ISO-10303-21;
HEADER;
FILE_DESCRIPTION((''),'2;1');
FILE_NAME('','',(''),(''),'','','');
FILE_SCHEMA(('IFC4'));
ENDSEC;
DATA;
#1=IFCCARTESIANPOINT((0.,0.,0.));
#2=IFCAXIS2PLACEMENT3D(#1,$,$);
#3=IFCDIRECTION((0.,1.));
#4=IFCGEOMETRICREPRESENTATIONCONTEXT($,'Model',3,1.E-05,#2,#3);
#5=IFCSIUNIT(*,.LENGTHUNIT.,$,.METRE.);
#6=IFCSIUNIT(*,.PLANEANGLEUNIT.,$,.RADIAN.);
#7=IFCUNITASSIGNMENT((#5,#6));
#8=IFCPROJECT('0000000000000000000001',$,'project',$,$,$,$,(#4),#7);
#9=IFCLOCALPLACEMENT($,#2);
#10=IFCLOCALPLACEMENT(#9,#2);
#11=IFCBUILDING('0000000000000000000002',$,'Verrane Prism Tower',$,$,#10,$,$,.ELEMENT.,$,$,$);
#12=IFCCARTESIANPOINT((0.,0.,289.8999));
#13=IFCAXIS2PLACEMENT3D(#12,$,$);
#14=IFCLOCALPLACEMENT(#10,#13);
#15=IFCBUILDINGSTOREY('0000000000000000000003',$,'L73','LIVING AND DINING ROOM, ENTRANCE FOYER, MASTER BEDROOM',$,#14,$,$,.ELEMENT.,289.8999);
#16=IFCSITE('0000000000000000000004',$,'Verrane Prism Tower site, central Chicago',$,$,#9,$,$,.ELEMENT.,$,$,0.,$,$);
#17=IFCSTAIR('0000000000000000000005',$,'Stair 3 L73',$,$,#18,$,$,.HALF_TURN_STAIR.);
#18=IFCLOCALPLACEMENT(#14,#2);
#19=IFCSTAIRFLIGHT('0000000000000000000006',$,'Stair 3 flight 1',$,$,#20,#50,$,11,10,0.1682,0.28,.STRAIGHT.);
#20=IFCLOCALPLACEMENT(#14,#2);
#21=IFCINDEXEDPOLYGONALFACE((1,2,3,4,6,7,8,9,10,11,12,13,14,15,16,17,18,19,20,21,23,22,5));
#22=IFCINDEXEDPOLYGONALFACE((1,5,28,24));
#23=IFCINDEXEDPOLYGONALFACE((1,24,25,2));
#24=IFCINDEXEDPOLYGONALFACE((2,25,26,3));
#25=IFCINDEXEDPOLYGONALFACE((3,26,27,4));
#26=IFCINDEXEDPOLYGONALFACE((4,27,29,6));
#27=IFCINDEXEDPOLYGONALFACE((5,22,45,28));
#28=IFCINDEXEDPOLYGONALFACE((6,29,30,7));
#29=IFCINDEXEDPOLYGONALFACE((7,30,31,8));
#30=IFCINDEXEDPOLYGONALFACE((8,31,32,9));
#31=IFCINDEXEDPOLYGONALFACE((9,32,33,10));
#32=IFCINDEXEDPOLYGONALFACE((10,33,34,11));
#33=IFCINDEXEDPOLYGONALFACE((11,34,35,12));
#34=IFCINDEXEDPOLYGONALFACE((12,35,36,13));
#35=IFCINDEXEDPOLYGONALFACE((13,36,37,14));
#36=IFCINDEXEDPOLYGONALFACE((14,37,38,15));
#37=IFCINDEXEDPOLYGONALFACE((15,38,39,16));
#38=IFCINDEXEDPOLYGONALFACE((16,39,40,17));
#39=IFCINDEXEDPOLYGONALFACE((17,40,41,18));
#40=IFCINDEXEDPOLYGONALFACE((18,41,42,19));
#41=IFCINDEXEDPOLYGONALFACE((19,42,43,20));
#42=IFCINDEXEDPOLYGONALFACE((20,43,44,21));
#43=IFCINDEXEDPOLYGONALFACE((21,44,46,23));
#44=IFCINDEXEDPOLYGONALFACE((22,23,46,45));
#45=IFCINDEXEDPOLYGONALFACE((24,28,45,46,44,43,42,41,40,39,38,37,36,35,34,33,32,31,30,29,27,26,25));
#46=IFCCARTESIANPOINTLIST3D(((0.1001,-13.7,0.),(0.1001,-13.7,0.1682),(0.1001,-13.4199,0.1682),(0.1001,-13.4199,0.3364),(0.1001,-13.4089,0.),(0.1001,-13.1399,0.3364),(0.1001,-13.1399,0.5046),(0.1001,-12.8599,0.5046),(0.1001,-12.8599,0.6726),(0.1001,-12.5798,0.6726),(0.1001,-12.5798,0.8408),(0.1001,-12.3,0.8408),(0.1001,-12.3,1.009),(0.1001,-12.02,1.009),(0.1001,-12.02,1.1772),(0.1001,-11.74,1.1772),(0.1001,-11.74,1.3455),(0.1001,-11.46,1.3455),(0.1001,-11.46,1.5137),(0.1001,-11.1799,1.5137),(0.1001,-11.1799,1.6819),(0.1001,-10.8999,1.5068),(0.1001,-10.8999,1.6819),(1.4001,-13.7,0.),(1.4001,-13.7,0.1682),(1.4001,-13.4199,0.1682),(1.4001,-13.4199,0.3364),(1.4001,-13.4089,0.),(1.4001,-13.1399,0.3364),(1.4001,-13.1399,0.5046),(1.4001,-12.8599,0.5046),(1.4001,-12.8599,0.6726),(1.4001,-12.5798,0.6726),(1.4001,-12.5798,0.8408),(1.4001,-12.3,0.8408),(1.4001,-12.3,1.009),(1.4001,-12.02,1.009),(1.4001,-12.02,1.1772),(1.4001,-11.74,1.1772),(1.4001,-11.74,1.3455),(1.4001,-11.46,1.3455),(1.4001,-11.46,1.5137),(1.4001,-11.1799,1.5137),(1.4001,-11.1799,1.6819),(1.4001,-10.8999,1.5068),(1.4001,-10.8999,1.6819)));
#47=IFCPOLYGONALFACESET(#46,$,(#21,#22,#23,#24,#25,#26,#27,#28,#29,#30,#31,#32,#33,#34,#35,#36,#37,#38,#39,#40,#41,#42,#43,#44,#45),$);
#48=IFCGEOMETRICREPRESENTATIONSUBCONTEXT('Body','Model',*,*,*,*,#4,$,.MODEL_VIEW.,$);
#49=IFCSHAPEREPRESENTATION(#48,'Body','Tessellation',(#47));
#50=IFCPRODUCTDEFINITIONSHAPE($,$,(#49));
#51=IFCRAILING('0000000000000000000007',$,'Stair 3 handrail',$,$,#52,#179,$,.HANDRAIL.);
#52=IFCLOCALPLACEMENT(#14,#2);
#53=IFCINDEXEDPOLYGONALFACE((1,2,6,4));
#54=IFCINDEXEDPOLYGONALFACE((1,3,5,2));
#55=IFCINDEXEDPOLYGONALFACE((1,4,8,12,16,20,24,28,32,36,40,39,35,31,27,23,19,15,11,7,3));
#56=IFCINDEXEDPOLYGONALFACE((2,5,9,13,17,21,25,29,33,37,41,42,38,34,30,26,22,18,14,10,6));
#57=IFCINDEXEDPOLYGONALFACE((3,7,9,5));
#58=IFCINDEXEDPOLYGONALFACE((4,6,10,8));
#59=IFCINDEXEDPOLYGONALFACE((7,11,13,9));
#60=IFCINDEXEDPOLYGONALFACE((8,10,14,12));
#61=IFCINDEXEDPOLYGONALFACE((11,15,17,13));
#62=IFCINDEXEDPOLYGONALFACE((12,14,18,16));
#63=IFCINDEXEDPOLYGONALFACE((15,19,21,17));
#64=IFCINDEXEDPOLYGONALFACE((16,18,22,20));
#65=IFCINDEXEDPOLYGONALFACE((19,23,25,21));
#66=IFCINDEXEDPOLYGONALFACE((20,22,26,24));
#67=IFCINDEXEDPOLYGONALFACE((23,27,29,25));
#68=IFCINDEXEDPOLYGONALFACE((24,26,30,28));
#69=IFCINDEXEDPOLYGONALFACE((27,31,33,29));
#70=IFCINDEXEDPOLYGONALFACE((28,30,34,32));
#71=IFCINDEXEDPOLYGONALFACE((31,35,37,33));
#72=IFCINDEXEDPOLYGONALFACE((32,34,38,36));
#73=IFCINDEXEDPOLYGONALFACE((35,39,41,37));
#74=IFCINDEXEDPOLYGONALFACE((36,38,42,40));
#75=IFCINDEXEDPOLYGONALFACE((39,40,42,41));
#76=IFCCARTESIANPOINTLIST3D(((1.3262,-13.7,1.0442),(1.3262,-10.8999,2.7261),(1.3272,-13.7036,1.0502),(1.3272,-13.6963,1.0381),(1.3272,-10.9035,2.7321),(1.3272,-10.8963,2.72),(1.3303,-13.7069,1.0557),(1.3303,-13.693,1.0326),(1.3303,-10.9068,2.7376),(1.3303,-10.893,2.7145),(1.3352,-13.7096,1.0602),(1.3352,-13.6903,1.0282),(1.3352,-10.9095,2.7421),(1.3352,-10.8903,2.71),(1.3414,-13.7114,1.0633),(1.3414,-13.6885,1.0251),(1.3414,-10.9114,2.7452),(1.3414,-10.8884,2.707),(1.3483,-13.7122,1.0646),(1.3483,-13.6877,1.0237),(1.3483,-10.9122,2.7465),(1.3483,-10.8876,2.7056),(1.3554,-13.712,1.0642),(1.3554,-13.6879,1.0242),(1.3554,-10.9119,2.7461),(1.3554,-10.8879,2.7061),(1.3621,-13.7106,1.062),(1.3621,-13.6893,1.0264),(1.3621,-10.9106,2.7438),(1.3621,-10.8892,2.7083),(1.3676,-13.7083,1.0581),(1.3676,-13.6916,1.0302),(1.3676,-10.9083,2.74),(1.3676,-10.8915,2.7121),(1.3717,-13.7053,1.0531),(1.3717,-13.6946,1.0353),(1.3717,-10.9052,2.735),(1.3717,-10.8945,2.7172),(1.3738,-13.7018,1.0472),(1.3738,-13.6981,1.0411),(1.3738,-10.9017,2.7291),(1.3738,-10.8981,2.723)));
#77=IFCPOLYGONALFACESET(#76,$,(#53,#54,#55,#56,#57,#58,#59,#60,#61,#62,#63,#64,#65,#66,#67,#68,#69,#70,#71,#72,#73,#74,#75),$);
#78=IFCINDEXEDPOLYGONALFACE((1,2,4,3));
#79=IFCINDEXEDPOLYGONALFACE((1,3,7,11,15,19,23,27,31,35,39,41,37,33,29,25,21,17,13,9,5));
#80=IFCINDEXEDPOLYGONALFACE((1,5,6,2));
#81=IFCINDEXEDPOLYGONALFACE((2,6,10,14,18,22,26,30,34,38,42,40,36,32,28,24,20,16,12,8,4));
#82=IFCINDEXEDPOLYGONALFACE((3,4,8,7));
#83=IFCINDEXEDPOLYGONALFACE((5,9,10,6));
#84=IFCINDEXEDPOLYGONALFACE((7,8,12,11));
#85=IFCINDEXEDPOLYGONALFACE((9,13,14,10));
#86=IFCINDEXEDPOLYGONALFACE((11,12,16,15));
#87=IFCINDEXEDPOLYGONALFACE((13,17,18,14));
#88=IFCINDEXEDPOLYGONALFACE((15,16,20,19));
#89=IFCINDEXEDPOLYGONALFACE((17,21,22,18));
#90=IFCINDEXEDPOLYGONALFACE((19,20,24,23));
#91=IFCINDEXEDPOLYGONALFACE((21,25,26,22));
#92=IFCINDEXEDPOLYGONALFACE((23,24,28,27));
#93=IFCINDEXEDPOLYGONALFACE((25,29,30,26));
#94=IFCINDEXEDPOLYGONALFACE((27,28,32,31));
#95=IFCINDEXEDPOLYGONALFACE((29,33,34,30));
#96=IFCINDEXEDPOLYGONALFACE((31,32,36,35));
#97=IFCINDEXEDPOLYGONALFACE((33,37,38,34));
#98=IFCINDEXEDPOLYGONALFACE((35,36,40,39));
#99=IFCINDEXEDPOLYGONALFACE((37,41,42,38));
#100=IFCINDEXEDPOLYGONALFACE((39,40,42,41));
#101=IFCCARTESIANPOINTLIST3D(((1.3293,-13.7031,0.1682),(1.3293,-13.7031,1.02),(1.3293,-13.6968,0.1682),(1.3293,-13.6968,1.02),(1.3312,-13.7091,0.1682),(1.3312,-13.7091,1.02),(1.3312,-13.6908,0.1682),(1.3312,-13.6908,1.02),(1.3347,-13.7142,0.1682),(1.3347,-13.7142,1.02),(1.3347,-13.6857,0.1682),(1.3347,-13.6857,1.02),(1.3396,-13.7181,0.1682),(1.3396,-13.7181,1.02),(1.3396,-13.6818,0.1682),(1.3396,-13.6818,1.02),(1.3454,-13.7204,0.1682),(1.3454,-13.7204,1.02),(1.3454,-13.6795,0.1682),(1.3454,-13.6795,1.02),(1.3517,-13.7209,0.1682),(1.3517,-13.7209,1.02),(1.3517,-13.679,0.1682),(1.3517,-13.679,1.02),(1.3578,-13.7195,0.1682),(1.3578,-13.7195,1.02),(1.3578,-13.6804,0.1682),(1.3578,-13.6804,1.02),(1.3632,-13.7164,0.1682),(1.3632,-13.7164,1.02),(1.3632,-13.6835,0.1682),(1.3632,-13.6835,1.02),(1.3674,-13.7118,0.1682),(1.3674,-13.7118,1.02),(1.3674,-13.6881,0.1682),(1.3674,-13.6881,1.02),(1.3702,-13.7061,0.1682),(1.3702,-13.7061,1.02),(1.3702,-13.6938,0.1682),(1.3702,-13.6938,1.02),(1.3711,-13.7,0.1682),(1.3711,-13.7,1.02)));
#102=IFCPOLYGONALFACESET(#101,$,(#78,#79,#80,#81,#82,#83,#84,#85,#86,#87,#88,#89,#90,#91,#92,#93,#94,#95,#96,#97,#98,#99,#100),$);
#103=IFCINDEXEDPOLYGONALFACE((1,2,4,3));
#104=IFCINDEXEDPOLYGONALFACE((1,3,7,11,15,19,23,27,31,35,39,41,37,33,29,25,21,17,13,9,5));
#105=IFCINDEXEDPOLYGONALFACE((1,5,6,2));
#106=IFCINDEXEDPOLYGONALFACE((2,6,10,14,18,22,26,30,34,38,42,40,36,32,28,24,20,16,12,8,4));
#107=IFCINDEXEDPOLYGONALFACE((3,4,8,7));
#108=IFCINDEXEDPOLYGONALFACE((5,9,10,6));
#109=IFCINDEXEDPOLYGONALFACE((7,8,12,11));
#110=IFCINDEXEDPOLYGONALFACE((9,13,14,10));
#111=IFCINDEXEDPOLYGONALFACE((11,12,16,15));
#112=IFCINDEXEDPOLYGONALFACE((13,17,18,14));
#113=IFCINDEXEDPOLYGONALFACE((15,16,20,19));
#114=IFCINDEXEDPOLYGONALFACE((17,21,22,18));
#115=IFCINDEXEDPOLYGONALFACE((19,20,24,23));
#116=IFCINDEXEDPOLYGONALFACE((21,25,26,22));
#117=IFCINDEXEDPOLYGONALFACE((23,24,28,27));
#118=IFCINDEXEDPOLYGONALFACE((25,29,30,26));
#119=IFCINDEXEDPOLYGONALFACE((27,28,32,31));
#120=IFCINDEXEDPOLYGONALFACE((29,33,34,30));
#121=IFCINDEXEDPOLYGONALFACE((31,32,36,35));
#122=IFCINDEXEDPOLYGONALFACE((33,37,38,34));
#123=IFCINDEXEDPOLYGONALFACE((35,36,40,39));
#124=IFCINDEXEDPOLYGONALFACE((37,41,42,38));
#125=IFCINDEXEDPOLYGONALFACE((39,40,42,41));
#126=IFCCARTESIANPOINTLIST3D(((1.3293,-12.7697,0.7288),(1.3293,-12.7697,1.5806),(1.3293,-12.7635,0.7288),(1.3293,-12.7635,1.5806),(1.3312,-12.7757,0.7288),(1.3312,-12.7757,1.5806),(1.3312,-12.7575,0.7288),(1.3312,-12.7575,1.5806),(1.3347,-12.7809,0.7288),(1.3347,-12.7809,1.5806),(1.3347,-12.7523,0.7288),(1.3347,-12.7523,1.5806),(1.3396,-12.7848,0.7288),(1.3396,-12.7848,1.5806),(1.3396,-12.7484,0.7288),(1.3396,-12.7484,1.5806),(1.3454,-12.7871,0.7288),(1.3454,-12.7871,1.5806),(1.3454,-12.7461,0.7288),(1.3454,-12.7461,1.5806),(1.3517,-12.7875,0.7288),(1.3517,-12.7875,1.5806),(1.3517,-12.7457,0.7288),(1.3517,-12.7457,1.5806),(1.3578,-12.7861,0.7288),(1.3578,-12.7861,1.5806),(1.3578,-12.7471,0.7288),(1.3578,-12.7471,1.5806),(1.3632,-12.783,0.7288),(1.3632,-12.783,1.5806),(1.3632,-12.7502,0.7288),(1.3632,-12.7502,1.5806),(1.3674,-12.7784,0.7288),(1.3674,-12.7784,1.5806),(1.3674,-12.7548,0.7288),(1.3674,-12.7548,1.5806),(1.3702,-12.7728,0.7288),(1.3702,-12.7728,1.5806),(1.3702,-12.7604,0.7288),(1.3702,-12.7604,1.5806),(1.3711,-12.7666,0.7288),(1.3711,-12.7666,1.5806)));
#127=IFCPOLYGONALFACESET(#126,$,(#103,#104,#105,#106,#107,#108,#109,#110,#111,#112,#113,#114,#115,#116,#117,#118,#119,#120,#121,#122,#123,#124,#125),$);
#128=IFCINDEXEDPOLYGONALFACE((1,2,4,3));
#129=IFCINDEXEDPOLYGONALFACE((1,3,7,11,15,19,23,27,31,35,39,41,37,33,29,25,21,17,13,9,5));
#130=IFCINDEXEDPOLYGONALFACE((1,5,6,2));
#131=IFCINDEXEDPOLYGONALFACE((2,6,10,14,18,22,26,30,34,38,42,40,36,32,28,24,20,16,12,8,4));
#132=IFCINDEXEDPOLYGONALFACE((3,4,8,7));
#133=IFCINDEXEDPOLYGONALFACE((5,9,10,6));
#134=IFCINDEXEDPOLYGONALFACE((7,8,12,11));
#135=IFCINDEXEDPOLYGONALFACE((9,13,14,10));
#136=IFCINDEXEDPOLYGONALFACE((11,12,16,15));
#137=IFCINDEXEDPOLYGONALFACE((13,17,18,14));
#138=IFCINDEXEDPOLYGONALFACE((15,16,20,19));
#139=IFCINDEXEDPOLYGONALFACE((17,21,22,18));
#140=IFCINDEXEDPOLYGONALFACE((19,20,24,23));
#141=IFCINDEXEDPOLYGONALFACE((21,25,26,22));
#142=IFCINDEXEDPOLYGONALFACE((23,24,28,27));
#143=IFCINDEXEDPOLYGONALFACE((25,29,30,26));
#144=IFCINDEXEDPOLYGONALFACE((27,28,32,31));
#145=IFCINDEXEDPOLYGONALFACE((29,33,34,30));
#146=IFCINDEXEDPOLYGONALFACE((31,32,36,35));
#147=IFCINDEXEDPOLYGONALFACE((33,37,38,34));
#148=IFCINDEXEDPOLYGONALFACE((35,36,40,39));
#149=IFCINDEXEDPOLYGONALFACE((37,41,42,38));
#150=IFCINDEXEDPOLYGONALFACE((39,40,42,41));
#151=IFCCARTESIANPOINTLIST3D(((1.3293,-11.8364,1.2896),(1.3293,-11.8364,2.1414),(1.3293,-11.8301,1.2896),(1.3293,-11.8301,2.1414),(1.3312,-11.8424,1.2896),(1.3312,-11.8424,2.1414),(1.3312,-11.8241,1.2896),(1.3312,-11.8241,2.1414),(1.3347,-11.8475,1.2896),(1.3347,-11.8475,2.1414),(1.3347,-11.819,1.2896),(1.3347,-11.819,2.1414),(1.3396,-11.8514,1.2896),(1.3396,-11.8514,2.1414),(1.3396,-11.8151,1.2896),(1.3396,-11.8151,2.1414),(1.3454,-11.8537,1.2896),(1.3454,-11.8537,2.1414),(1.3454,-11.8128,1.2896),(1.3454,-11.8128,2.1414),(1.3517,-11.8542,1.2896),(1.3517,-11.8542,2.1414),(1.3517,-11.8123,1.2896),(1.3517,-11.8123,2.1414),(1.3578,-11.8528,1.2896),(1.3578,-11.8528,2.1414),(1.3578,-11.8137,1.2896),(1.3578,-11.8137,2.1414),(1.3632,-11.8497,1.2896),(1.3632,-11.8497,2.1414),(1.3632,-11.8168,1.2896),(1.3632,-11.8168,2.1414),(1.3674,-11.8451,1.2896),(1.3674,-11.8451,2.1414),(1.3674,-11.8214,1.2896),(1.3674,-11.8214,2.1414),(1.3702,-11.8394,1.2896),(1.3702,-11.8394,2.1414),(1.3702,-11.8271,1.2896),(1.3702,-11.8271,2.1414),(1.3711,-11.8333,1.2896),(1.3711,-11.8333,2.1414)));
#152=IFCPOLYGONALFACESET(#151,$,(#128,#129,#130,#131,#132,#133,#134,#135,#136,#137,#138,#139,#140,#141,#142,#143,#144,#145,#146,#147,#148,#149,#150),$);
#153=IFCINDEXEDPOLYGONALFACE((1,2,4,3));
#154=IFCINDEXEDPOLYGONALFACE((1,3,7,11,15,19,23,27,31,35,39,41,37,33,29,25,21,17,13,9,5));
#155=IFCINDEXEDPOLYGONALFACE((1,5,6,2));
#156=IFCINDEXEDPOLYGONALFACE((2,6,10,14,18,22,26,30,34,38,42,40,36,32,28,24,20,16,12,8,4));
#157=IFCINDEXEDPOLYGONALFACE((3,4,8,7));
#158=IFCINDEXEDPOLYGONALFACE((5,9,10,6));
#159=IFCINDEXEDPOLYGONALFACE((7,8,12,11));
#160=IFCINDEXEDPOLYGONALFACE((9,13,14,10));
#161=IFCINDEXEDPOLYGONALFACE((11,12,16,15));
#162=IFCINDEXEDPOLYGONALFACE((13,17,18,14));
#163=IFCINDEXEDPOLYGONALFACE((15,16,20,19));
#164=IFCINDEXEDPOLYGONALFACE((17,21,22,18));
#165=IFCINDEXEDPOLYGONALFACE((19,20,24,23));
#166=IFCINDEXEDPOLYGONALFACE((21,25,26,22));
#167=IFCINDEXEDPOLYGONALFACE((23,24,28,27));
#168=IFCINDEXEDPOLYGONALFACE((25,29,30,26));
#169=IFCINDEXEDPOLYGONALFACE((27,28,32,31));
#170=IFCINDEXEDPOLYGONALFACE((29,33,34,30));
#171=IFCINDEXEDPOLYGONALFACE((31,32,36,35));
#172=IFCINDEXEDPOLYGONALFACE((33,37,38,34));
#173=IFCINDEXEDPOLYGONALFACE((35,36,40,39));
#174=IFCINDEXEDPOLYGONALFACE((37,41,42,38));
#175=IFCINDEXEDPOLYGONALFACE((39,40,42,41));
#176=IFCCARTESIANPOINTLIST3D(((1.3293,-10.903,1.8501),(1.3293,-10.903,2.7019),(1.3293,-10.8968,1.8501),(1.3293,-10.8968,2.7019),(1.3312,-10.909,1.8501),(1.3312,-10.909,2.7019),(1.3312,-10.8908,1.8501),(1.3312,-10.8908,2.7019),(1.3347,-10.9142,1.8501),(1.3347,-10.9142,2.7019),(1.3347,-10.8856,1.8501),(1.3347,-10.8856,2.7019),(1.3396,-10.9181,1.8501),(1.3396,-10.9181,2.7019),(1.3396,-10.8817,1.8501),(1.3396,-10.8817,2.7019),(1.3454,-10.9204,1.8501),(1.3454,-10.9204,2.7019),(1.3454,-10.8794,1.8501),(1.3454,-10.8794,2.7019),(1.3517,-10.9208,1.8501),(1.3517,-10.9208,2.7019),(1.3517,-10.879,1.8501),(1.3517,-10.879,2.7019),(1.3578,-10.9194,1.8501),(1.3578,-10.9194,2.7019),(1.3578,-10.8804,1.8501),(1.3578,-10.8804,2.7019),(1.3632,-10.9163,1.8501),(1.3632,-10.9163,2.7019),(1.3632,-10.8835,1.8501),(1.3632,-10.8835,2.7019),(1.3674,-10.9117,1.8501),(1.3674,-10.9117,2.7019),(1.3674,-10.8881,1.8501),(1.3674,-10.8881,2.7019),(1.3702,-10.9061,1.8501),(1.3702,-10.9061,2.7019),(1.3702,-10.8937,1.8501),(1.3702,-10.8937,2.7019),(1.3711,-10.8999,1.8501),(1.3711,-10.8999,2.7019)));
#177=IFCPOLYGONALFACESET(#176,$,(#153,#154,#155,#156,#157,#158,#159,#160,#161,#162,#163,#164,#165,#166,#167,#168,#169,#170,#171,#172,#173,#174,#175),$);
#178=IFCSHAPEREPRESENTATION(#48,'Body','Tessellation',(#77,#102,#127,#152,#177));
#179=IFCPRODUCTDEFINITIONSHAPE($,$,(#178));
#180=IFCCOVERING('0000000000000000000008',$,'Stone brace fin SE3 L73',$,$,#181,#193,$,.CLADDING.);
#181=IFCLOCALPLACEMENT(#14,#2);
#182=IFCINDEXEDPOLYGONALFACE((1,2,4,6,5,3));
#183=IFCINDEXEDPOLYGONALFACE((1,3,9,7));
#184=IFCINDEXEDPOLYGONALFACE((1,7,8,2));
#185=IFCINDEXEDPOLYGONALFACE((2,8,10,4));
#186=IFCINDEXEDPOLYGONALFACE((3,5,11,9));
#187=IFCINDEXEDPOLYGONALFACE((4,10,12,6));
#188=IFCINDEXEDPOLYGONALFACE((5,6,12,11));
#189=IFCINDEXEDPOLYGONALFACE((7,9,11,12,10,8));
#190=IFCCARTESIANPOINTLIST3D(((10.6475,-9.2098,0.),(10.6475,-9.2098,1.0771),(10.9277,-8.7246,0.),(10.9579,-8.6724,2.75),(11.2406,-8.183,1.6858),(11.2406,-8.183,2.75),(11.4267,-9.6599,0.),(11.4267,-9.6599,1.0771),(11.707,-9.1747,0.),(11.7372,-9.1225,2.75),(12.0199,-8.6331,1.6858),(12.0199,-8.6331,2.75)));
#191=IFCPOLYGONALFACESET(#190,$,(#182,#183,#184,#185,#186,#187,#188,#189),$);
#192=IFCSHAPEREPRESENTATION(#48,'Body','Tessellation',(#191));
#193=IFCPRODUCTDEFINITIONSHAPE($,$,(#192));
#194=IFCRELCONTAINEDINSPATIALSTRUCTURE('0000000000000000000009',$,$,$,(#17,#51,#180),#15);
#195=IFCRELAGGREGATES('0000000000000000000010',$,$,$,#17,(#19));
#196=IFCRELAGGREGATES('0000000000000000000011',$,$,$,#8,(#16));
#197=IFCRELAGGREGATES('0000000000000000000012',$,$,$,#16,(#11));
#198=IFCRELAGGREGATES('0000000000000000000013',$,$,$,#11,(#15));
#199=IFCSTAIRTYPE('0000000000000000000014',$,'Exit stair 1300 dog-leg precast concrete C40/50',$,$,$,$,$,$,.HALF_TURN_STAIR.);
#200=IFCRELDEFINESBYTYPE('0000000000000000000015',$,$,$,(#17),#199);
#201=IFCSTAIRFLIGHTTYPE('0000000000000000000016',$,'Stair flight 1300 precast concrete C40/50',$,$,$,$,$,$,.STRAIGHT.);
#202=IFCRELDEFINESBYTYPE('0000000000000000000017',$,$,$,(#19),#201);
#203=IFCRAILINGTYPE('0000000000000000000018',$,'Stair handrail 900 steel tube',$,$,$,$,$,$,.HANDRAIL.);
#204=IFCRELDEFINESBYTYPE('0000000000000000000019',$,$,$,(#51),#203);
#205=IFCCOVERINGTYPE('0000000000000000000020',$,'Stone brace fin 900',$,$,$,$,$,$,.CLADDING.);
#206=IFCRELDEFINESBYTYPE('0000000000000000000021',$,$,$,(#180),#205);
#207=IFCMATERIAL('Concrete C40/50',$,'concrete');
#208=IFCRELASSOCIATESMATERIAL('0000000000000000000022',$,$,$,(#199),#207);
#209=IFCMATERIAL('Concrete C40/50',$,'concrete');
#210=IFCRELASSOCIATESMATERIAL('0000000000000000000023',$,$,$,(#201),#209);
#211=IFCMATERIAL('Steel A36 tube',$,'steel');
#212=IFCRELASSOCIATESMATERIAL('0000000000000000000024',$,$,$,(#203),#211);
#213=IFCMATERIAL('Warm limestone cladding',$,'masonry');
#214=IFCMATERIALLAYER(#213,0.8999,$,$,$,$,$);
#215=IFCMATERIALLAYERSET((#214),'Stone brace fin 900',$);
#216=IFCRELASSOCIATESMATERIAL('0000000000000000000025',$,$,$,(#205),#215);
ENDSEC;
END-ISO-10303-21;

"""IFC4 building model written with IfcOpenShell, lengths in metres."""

from ifc_helpers import new_model, si_unit, direction, frame, origin, origin_2d, place, context, subcontext, project, spatial, polyline, circle, outline, extrude, material, layer, layer_set, type_object, element, aggregate, save


model = new_model("IFC4")

# Units and contexts
model_context = context("Model", 3, precision=1e-05, world=origin(), true_north=direction((0.0, 1.0)))
body_context = subcontext(model_context, "Body", "Model", "MODEL_VIEW")
ifc_project = project(units=[si_unit("LENGTHUNIT", "METRE"), si_unit("PLANEANGLEUNIT", "RADIAN")], contexts=[model_context])

# Site, building, storey
site_placement = place(None, origin())
site = spatial("IfcSite", under=ifc_project, at=site_placement, Name="Verrane Prism Tower site, central Chicago", CompositionType="ELEMENT", RefElevation=0.0)
building_placement = place(site_placement, origin())
building = spatial("IfcBuilding", under=site, at=building_placement, Name="Verrane Prism Tower", CompositionType="ELEMENT")
storey_placement = place(building_placement, frame((0.0, 0.0, 289.8999)))
storey = spatial("IfcBuildingStorey", under=building, at=storey_placement, Name="L73", Description="LIVING AND DINING ROOM, ENTRANCE FOYER, MASTER BEDROOM", CompositionType="ELEMENT", Elevation=289.8999)

# Stair, stair flight
ifc_material_1 = material(Name="Concrete C40/50", Category="concrete")
stair_type = type_object("IfcStairType", Name="Exit stair 1300 dog-leg precast concrete C40/50", PredefinedType="HALF_TURN_STAIR", material=ifc_material_1)
stair_placement = place(storey_placement, origin())
stair = element("IfcStair", 1, at=stair_placement, inside=storey, type_object=stair_type, Name="Stair 3 L73", PredefinedType="HALF_TURN_STAIR")
ifc_material_2 = material(Name="Concrete C40/50", Category="concrete")
stair_flight_type = type_object("IfcStairFlightType", Name="Stair flight 1300 precast concrete C40/50", PredefinedType="STRAIGHT", material=ifc_material_2)
stair_flight_placement = place(storey_placement, frame((0.75, -13.7, 0.0), z_axis=(0.0, 0.0, 1.0), x_axis=(0.0, 1.0, 0.0)))
stair_flight = element("IfcStairFlight", 2, at=stair_flight_placement, type_object=stair_flight_type, Name="Stair 3 flight 1", NumberOfRisers=11, NumberOfTreads=10, PredefinedType="STRAIGHT", RiserHeight=0.1682, TreadLength=0.28, context=body_context, shape_type="SweptSolid", body=[
    extrude(outline(polyline([(0.0, 0.0), (0.0, 0.1682), (0.28, 0.1682), (0.28, 0.3364), (0.5601, 0.3364), (0.5601, 0.5046), (0.8401, 0.5046), (0.8401, 0.6726), (1.1201, 0.6726), (1.1201, 0.8408), (1.3999, 0.8408), (1.3999, 1.009), (1.6799, 1.009), (1.6799, 1.1772), (1.96, 1.1772), (1.96, 1.3455), (2.24, 1.3455), (2.24, 1.5137), (2.52, 1.5137), (2.52, 1.6819), (2.8, 1.6819), (2.8, 1.8501), (2.8, 1.5068), (0.291, 0.0), (0.0, 0.0)])), frame((0.0, 0.6499, 0.0), z_axis=(0.0, -1.0, 0.0), x_axis=(1.0, 0.0, 0.0)), (0.0, 0.0, 1.0), 1.3),
])
aggregate(stair, [stair_flight])

# Railing
ifc_material_3 = material(Name="Steel A36 tube", Category="steel")
railing_type_1 = type_object("IfcRailingType", Name="Stair handrail 900 steel tube", PredefinedType="HANDRAIL", material=ifc_material_3)
railing_1_placement = place(storey_placement, frame((1.3501, -13.7, 0.1682)))
element("IfcRailing", 3, at=railing_1_placement, inside=storey, type_object=railing_type_1, Name="Stair 3 handrail", PredefinedType="HANDRAIL", context=body_context, shape_type="SweptSolid", body=[
    extrude(circle(Radius=0.0239, at=origin_2d()), frame((0.0, 0.0, 0.876), z_axis=(0.0, 0.857242, 0.514913), x_axis=(-1.0, 0.0, 0.0)), (0.0, 0.0, 1.0), 3.2664),
    extrude(circle(Radius=0.021, at=origin_2d()), origin(), (0.0, 0.0, 1.0), 0.8518),
    extrude(circle(Radius=0.021, at=origin_2d()), frame((0.0, 0.9333, 0.5605)), (0.0, 0.0, 1.0), 0.8518),
    extrude(circle(Radius=0.021, at=origin_2d()), frame((0.0, 1.8667, 1.1213)), (0.0, 0.0, 1.0), 0.8518),
    extrude(circle(Radius=0.021, at=origin_2d()), frame((0.0, 2.8, 1.6819)), (0.0, 0.0, 1.0), 0.8518),
])

# Covering
ifc_material_4 = material(Name="Warm limestone cladding", Category="masonry")
ifc_layer_1 = layer(ifc_material_4, 0.8999)
ifc_layer_set_1 = layer_set([ifc_layer_1], Name="Stone brace fin 900")
covering_type = type_object("IfcCoveringType", Name="Stone brace fin 900", PredefinedType="CLADDING", material=ifc_layer_set_1)
covering_placement = place(storey_placement, frame((11.0371, -9.4348, 0.0), z_axis=(0.0, 0.0, 1.0), x_axis=(0.500192, 0.865915, 0.0)))
element("IfcCovering", 4, at=covering_placement, inside=storey, type_object=covering_type, Name="Stone brace fin SE3 L73", PredefinedType="CLADDING", context=body_context, shape_type="SweptSolid", body=[
    extrude(outline(polyline([(1.1858, 2.75), (0.6206, 2.75), (0.0, 1.0771), (0.0, 0.0), (0.5603, 0.0), (1.1858, 1.6858), (1.1858, 2.75)])), frame((0.0, 0.45, 0.0), z_axis=(0.0, -1.0, 0.0), x_axis=(1.0, 0.0, 0.0)), (0.0, 0.0, 1.0), 0.8999),
])

save(model, "model.ifc")
